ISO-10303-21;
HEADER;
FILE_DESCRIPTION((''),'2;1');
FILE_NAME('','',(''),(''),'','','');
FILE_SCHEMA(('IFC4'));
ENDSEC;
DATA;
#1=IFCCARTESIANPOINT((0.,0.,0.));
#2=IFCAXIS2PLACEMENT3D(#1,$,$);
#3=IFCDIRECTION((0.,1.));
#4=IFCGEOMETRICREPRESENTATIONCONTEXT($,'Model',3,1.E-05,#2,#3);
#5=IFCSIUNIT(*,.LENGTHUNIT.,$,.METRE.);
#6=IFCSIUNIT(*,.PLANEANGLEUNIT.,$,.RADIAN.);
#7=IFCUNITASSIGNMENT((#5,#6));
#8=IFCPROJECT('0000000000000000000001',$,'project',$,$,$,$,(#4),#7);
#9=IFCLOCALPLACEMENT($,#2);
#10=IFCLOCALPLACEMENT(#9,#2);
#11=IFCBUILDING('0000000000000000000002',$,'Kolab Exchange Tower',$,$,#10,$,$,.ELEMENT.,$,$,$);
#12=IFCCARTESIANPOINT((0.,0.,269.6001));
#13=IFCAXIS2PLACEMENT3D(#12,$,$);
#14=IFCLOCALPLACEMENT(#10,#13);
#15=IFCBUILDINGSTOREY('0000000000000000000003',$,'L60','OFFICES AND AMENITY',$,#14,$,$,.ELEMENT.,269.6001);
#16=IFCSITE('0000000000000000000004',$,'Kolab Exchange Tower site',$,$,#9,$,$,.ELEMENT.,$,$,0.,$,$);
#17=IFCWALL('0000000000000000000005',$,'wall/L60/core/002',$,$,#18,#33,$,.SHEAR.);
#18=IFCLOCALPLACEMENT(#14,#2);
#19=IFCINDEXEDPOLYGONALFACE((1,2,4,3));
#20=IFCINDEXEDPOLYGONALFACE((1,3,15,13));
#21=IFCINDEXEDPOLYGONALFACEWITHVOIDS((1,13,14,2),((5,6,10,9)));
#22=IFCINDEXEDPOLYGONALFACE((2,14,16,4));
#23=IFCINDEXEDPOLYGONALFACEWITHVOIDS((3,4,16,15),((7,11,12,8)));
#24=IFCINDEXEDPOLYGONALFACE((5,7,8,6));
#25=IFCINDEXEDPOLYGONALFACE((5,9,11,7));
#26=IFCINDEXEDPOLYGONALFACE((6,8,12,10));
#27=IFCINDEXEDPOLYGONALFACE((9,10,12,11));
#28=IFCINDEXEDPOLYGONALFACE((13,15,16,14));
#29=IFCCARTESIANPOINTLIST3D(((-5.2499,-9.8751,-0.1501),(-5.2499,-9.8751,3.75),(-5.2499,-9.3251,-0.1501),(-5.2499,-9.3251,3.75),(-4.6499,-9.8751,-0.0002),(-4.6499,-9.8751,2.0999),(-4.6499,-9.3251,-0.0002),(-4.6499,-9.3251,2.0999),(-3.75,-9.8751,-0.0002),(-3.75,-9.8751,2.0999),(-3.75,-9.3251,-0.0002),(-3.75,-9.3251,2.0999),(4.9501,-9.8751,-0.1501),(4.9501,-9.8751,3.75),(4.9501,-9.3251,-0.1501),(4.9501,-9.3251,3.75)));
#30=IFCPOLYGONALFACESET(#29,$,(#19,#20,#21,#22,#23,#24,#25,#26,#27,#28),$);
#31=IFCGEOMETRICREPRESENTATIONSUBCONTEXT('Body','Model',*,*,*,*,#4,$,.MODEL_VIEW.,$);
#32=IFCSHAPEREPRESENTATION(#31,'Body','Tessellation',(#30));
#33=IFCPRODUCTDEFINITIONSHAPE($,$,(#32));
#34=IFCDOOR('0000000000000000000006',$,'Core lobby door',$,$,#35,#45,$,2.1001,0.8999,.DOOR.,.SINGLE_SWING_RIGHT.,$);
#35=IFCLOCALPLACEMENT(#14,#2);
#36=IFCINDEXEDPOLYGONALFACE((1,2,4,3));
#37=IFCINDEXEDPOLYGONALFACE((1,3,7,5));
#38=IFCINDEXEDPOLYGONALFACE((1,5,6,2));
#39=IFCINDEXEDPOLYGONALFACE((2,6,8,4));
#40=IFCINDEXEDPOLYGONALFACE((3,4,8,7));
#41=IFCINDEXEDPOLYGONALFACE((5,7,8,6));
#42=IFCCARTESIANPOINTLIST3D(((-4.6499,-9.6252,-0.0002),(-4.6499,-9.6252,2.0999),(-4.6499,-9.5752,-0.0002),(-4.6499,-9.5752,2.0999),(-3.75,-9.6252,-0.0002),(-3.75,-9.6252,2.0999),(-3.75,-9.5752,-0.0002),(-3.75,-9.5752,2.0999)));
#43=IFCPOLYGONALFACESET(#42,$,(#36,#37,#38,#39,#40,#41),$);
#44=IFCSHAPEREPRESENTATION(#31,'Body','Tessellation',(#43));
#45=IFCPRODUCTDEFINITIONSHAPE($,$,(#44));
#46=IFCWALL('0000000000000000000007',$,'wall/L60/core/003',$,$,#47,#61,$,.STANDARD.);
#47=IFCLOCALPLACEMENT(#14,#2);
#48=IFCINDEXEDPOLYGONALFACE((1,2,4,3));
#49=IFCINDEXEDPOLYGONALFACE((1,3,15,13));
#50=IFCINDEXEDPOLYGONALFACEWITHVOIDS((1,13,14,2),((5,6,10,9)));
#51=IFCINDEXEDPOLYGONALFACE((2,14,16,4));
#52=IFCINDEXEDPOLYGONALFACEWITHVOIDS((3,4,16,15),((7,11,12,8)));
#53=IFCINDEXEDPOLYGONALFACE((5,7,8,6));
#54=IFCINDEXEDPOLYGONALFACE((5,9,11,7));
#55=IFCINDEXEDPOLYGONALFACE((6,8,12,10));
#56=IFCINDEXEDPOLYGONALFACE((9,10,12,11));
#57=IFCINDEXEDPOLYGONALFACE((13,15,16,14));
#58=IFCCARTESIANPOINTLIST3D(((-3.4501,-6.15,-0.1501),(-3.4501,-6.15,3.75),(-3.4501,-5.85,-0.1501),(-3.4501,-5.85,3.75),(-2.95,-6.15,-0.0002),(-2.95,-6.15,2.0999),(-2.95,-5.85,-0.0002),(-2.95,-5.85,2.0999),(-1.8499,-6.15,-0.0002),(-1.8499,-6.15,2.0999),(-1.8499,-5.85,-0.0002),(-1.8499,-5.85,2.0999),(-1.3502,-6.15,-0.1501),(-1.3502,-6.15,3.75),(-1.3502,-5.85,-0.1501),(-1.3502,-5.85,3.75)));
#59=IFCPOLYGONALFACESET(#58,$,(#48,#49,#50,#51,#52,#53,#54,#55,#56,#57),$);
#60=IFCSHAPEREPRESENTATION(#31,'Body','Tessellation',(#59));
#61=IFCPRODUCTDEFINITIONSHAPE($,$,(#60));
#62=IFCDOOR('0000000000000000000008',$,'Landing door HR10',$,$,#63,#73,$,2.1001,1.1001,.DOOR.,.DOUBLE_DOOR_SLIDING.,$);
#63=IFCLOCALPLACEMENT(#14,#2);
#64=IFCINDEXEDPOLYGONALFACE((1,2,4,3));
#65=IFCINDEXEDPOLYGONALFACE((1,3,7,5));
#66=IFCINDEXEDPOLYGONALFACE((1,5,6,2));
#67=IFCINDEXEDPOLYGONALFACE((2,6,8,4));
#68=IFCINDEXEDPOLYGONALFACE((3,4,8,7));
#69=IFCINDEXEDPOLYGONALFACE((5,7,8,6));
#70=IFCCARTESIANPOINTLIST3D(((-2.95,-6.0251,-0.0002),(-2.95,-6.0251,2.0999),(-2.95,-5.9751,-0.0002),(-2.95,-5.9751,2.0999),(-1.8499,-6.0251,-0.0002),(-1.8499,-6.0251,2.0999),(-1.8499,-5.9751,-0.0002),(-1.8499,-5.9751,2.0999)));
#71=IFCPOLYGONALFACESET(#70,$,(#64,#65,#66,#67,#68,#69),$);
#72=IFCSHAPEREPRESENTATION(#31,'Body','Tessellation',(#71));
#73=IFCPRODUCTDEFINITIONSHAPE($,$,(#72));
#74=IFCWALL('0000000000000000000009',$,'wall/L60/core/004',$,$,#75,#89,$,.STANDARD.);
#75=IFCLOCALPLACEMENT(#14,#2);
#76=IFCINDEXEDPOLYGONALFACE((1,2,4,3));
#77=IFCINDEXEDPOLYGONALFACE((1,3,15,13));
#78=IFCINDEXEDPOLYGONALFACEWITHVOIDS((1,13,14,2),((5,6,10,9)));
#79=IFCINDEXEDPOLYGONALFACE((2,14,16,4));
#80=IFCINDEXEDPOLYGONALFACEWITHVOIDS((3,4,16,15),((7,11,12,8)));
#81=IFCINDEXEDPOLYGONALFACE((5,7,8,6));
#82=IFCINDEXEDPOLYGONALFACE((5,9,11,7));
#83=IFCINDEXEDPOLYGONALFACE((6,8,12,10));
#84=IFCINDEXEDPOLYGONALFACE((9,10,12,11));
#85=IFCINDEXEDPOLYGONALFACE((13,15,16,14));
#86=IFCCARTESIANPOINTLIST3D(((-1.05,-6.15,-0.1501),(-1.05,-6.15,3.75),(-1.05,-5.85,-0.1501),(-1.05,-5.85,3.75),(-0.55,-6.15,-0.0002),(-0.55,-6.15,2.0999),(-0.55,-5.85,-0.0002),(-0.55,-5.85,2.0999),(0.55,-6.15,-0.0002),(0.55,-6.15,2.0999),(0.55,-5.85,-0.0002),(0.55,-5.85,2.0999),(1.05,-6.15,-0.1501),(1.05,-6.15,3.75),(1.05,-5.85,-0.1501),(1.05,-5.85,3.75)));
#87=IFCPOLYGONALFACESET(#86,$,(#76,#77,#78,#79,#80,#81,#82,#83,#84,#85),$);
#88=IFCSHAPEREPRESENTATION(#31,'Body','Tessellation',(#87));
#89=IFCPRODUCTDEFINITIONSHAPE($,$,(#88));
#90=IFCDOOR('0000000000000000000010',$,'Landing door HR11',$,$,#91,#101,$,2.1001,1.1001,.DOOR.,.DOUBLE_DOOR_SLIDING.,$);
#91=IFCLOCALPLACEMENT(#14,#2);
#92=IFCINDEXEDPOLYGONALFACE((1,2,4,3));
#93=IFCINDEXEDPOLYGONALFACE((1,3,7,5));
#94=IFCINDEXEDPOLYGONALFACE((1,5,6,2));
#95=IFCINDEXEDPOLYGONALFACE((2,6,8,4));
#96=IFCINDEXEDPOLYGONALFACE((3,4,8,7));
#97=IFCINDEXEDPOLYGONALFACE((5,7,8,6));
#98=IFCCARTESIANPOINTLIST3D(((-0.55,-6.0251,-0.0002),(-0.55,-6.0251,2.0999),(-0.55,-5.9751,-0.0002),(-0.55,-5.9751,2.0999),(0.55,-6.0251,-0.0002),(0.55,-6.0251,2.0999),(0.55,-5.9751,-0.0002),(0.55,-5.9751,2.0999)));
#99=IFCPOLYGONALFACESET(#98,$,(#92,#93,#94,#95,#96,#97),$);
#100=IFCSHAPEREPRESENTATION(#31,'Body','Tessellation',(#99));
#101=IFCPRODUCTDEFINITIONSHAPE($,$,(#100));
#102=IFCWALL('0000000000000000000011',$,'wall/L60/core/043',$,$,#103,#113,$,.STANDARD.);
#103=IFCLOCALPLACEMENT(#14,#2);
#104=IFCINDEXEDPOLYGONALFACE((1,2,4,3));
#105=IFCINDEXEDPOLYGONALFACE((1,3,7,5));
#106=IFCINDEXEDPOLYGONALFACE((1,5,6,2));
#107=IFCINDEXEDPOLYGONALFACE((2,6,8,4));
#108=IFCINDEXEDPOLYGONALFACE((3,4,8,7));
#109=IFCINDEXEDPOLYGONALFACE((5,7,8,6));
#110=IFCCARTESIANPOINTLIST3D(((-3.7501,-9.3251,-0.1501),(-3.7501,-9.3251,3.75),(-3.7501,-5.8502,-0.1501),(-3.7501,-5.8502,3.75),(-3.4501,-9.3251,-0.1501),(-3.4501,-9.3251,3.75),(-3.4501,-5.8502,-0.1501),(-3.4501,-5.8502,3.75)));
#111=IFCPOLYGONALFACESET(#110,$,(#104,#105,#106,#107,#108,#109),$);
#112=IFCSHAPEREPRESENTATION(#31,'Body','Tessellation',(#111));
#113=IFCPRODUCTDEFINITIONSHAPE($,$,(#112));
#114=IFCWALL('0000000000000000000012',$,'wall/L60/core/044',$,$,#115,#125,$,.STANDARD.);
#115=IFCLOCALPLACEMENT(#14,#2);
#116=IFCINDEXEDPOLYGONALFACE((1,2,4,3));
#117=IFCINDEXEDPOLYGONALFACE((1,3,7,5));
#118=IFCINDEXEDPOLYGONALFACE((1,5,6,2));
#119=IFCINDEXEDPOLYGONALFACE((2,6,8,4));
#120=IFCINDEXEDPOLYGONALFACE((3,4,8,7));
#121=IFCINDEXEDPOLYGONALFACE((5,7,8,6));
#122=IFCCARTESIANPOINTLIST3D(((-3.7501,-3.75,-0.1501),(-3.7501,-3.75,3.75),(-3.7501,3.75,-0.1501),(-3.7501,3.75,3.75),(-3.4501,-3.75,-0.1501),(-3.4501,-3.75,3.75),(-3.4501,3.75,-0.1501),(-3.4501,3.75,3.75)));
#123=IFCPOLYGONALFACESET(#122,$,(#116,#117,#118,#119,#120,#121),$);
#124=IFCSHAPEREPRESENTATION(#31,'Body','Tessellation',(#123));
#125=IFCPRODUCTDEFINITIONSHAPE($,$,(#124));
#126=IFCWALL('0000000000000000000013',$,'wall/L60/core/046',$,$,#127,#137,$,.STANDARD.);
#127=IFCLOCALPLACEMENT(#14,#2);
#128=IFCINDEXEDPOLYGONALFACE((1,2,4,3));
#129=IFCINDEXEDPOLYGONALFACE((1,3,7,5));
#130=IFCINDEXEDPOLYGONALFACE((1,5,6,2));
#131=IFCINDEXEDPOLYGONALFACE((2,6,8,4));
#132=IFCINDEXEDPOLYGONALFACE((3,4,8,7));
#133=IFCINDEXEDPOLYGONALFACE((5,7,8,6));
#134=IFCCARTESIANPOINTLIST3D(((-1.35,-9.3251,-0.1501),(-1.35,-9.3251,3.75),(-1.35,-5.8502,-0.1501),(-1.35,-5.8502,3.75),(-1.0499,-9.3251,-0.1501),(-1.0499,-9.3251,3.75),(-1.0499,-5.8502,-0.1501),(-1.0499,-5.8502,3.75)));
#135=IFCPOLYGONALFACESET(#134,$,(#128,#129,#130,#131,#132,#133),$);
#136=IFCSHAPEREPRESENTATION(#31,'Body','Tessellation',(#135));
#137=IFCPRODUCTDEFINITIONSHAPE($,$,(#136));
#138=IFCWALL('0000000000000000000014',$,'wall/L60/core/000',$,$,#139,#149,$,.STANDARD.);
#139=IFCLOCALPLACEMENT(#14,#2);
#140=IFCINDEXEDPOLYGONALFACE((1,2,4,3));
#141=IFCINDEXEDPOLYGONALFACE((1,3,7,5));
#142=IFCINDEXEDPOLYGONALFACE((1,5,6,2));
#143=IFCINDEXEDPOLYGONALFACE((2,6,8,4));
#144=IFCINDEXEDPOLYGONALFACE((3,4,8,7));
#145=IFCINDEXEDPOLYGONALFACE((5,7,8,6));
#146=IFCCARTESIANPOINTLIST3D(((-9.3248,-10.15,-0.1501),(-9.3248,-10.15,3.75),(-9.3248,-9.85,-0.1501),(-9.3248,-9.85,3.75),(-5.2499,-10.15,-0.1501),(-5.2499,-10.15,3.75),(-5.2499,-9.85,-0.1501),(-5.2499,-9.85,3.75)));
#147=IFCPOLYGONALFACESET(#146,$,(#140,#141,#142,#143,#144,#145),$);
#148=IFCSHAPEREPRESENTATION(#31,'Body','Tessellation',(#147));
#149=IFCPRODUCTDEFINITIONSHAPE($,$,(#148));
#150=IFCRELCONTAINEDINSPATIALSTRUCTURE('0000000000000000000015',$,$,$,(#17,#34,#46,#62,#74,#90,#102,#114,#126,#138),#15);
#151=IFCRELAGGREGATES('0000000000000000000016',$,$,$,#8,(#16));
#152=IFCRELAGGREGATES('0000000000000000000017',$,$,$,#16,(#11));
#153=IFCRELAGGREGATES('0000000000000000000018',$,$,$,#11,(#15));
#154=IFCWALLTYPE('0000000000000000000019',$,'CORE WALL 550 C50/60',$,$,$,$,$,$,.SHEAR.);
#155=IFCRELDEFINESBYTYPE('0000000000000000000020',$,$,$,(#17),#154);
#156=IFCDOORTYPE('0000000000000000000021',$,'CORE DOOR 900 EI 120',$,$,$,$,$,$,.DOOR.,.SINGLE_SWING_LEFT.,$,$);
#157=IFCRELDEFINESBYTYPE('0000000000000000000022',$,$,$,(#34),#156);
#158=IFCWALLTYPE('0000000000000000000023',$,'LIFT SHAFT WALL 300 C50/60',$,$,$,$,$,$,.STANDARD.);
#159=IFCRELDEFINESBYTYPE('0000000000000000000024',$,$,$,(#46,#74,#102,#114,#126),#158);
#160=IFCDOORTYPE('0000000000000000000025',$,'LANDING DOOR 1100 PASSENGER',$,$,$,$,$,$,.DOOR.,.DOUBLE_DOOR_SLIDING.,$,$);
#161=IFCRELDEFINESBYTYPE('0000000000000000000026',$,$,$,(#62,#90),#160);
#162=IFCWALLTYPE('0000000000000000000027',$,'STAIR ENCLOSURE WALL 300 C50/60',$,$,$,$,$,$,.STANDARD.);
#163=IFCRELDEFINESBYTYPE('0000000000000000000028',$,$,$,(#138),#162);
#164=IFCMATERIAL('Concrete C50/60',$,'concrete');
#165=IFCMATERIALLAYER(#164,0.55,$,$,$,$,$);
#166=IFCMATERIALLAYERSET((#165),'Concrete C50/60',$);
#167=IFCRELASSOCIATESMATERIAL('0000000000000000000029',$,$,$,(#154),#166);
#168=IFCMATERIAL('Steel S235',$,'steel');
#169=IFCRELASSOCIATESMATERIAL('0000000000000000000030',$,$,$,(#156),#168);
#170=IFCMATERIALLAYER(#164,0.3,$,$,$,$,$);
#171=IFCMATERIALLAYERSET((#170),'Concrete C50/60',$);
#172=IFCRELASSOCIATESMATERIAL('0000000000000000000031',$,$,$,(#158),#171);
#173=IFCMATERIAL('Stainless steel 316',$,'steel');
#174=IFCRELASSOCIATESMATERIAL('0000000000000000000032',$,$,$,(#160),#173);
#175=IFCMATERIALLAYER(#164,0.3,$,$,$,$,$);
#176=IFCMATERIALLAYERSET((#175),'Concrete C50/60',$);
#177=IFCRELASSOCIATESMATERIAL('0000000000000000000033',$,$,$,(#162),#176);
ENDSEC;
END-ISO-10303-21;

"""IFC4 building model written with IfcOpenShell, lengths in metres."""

from ifc_helpers import new_model, si_unit, direction, frame, frame_2d, origin, place, context, subcontext, project, spatial, rectangle, extrude, material, layer, layer_set, type_object, element, fill, save


model = new_model("IFC4")

# Units and contexts
model_context = context("Model", 3, precision=1e-05, world=origin(), true_north=direction((0.0, 1.0)))
body_context = subcontext(model_context, "Body", "Model", "MODEL_VIEW")
ifc_project = project(units=[si_unit("LENGTHUNIT", "METRE"), si_unit("PLANEANGLEUNIT", "RADIAN")], contexts=[model_context])

# Site, building, storey
site_placement = place(None, origin())
site = spatial("IfcSite", under=ifc_project, at=site_placement, Name="Kolab Exchange Tower site", CompositionType="ELEMENT", RefElevation=0.0)
building_placement = place(site_placement, origin())
building = spatial("IfcBuilding", under=site, at=building_placement, Name="Kolab Exchange Tower", CompositionType="ELEMENT")
storey_placement = place(building_placement, frame((0.0, 0.0, 269.6001)))
storey = spatial("IfcBuildingStorey", under=building, at=storey_placement, Name="L60", Description="OFFICES AND AMENITY", CompositionType="ELEMENT", Elevation=269.6001)

# Walls, openings, doors
ifc_material_1 = material(Name="Concrete C50/60", Category="concrete")
ifc_layer_1 = layer(ifc_material_1, 0.55)
ifc_layer_set_1 = layer_set([ifc_layer_1], Name="Concrete C50/60")
wall_type_1 = type_object("IfcWallType", Name="CORE WALL 550 C50/60", PredefinedType="SHEAR", material=ifc_layer_set_1)
wall_1_placement = place(storey_placement, frame((-5.25, -9.6001, -0.1501), z_axis=(0.0, 0.0, 1.0), x_axis=(1.0, 0.0, 0.0)))
wall_1 = element("IfcWall", 1, at=wall_1_placement, inside=storey, type_object=wall_type_1, Name="wall/L60/core/002", PredefinedType="SHEAR", context=body_context, shape_type="SweptSolid", body=[
    extrude(rectangle(XDim=10.2, YDim=0.55, at=frame_2d((5.1001, 0.0))), origin(), (0.0, 0.0, 1.0), 3.9001),
])
opening_1_placement = place(wall_1_placement, frame((0.6001, 0.0, 0.1499)))
opening_1 = element("IfcOpeningElement", 2, at=opening_1_placement, cuts=wall_1, PredefinedType="OPENING", context=body_context, shape_type="SweptSolid", body=[
    extrude(rectangle(XDim=0.8999, YDim=2.1001, at=frame_2d((0.45, 1.05))), frame((0.0, 0.2852, 0.0), z_axis=(0.0, -1.0, 0.0), x_axis=(1.0, 0.0, 0.0)), (0.0, 0.0, 1.0), 0.5701),
])
ifc_material_2 = material(Name="Steel S235", Category="steel")
door_type_1 = type_object("IfcDoorType", Name="CORE DOOR 900 EI 120", OperationType="SINGLE_SWING_LEFT", PredefinedType="DOOR", material=ifc_material_2)
door_1_placement = place(opening_1_placement, origin())
door_1 = element("IfcDoor", 3, at=door_1_placement, inside=storey, type_object=door_type_1, Name="Core lobby door", OperationType="SINGLE_SWING_RIGHT", OverallHeight=2.1001, OverallWidth=0.8999, PredefinedType="DOOR", context=body_context, shape_type="SweptSolid", body=[
    extrude(rectangle(XDim=0.8999, YDim=2.1001, at=frame_2d((0.45, 1.05))), frame((0.0, 0.0249, 0.0), z_axis=(0.0, -1.0, 0.0), x_axis=(1.0, 0.0, 0.0)), (0.0, 0.0, 1.0), 0.05),
])
fill(opening_1, door_1)
ifc_layer_2 = layer(ifc_material_1, 0.3)
ifc_layer_set_2 = layer_set([ifc_layer_2], Name="Concrete C50/60")
wall_type_2 = type_object("IfcWallType", Name="LIFT SHAFT WALL 300 C50/60", PredefinedType="STANDARD", material=ifc_layer_set_2)
wall_2_placement = place(storey_placement, frame((-3.45, -6.0, -0.1501), z_axis=(0.0, 0.0, 1.0), x_axis=(1.0, 0.0, 0.0)))
wall_2 = element("IfcWall", 4, at=wall_2_placement, inside=storey, type_object=wall_type_2, Name="wall/L60/core/003", PredefinedType="STANDARD", context=body_context, shape_type="SweptSolid", body=[
    extrude(rectangle(XDim=2.0999, YDim=0.3, at=frame_2d((1.0498, 0.0))), origin(), (0.0, 0.0, 1.0), 3.9001),
])
opening_2_placement = place(wall_2_placement, frame((0.5, 0.0, 0.1499)))
opening_2 = element("IfcOpeningElement", 5, at=opening_2_placement, cuts=wall_2, PredefinedType="OPENING", context=body_context, shape_type="SweptSolid", body=[
    extrude(rectangle(XDim=1.1001, YDim=2.1001, at=frame_2d((0.55, 1.05))), frame((0.0, 0.1602, 0.0), z_axis=(0.0, -1.0, 0.0), x_axis=(1.0, 0.0, 0.0)), (0.0, 0.0, 1.0), 0.3201),
])
ifc_material_3 = material(Name="Stainless steel 316", Category="steel")
door_type_2 = type_object("IfcDoorType", Name="LANDING DOOR 1100 PASSENGER", OperationType="DOUBLE_DOOR_SLIDING", PredefinedType="DOOR", material=ifc_material_3)
door_2_placement = place(opening_2_placement, origin())
door_2 = element("IfcDoor", 6, at=door_2_placement, inside=storey, type_object=door_type_2, Name="Landing door HR10", OperationType="DOUBLE_DOOR_SLIDING", OverallHeight=2.1001, OverallWidth=1.1001, PredefinedType="DOOR", context=body_context, shape_type="SweptSolid", body=[
    extrude(rectangle(XDim=1.1001, YDim=2.1001, at=frame_2d((0.55, 1.05))), frame((0.0, 0.0249, 0.0), z_axis=(0.0, -1.0, 0.0), x_axis=(1.0, 0.0, 0.0)), (0.0, 0.0, 1.0), 0.05),
])
fill(opening_2, door_2)
wall_3_placement = place(storey_placement, frame((-1.05, -6.0, -0.1501), z_axis=(0.0, 0.0, 1.0), x_axis=(1.0, 0.0, 0.0)))
wall_3 = element("IfcWall", 7, at=wall_3_placement, inside=storey, type_object=wall_type_2, Name="wall/L60/core/004", PredefinedType="STANDARD", context=body_context, shape_type="SweptSolid", body=[
    extrude(rectangle(XDim=2.1001, YDim=0.3, at=frame_2d((1.05, 0.0))), origin(), (0.0, 0.0, 1.0), 3.9001),
])
opening_3_placement = place(wall_3_placement, frame((0.5, 0.0, 0.1499)))
opening_3 = element("IfcOpeningElement", 8, at=opening_3_placement, cuts=wall_3, PredefinedType="OPENING", context=body_context, shape_type="SweptSolid", body=[
    extrude(rectangle(XDim=1.1001, YDim=2.1001, at=frame_2d((0.55, 1.05))), frame((0.0, 0.1602, 0.0), z_axis=(0.0, -1.0, 0.0), x_axis=(1.0, 0.0, 0.0)), (0.0, 0.0, 1.0), 0.3201),
])
door_3_placement = place(opening_3_placement, origin())
door_3 = element("IfcDoor", 9, at=door_3_placement, inside=storey, type_object=door_type_2, Name="Landing door HR11", OperationType="DOUBLE_DOOR_SLIDING", OverallHeight=2.1001, OverallWidth=1.1001, PredefinedType="DOOR", context=body_context, shape_type="SweptSolid", body=[
    extrude(rectangle(XDim=1.1001, YDim=2.1001, at=frame_2d((0.55, 1.05))), frame((0.0, 0.0249, 0.0), z_axis=(0.0, -1.0, 0.0), x_axis=(1.0, 0.0, 0.0)), (0.0, 0.0, 1.0), 0.05),
])
fill(opening_3, door_3)

# Walls
wall_4_placement = place(storey_placement, frame((-3.6001, -9.325, -0.1501), z_axis=(0.0, 0.0, 1.0), x_axis=(0.0, 1.0, 0.0)))
element("IfcWall", 10, at=wall_4_placement, inside=storey, type_object=wall_type_2, Name="wall/L60/core/043", PredefinedType="STANDARD", context=body_context, shape_type="SweptSolid", body=[
    extrude(rectangle(XDim=3.4749, YDim=0.3, at=frame_2d((1.7373, 0.0))), origin(), (0.0, 0.0, 1.0), 3.9001),
])
wall_5_placement = place(storey_placement, frame((-3.6001, -3.75, -0.1501), z_axis=(0.0, 0.0, 1.0), x_axis=(0.0, 1.0, 0.0)))
element("IfcWall", 11, at=wall_5_placement, inside=storey, type_object=wall_type_2, Name="wall/L60/core/044", PredefinedType="STANDARD", context=body_context, shape_type="SweptSolid", body=[
    extrude(rectangle(XDim=7.5, YDim=0.3, at=frame_2d((3.75, 0.0))), origin(), (0.0, 0.0, 1.0), 3.9001),
])
wall_6_placement = place(storey_placement, frame((-1.2, -9.325, -0.1501), z_axis=(0.0, 0.0, 1.0), x_axis=(0.0, 1.0, 0.0)))
element("IfcWall", 12, at=wall_6_placement, inside=storey, type_object=wall_type_2, Name="wall/L60/core/046", PredefinedType="STANDARD", context=body_context, shape_type="SweptSolid", body=[
    extrude(rectangle(XDim=3.4749, YDim=0.3, at=frame_2d((1.7373, 0.0))), origin(), (0.0, 0.0, 1.0), 3.9001),
])
ifc_layer_3 = layer(ifc_material_1, 0.3)
ifc_layer_set_3 = layer_set([ifc_layer_3], Name="Concrete C50/60")
wall_type_3 = type_object("IfcWallType", Name="STAIR ENCLOSURE WALL 300 C50/60", PredefinedType="STANDARD", material=ifc_layer_set_3)
wall_7_placement = place(storey_placement, frame((-9.325, -10.0, -0.1501), z_axis=(0.0, 0.0, 1.0), x_axis=(1.0, 0.0, 0.0)))
element("IfcWall", 13, at=wall_7_placement, inside=storey, type_object=wall_type_3, Name="wall/L60/core/000", PredefinedType="STANDARD", context=body_context, shape_type="SweptSolid", body=[
    extrude(rectangle(XDim=4.075, YDim=0.3, at=frame_2d((2.0376, 0.0))), origin(), (0.0, 0.0, 1.0), 3.9001),
])

save(model, "model.ifc")
